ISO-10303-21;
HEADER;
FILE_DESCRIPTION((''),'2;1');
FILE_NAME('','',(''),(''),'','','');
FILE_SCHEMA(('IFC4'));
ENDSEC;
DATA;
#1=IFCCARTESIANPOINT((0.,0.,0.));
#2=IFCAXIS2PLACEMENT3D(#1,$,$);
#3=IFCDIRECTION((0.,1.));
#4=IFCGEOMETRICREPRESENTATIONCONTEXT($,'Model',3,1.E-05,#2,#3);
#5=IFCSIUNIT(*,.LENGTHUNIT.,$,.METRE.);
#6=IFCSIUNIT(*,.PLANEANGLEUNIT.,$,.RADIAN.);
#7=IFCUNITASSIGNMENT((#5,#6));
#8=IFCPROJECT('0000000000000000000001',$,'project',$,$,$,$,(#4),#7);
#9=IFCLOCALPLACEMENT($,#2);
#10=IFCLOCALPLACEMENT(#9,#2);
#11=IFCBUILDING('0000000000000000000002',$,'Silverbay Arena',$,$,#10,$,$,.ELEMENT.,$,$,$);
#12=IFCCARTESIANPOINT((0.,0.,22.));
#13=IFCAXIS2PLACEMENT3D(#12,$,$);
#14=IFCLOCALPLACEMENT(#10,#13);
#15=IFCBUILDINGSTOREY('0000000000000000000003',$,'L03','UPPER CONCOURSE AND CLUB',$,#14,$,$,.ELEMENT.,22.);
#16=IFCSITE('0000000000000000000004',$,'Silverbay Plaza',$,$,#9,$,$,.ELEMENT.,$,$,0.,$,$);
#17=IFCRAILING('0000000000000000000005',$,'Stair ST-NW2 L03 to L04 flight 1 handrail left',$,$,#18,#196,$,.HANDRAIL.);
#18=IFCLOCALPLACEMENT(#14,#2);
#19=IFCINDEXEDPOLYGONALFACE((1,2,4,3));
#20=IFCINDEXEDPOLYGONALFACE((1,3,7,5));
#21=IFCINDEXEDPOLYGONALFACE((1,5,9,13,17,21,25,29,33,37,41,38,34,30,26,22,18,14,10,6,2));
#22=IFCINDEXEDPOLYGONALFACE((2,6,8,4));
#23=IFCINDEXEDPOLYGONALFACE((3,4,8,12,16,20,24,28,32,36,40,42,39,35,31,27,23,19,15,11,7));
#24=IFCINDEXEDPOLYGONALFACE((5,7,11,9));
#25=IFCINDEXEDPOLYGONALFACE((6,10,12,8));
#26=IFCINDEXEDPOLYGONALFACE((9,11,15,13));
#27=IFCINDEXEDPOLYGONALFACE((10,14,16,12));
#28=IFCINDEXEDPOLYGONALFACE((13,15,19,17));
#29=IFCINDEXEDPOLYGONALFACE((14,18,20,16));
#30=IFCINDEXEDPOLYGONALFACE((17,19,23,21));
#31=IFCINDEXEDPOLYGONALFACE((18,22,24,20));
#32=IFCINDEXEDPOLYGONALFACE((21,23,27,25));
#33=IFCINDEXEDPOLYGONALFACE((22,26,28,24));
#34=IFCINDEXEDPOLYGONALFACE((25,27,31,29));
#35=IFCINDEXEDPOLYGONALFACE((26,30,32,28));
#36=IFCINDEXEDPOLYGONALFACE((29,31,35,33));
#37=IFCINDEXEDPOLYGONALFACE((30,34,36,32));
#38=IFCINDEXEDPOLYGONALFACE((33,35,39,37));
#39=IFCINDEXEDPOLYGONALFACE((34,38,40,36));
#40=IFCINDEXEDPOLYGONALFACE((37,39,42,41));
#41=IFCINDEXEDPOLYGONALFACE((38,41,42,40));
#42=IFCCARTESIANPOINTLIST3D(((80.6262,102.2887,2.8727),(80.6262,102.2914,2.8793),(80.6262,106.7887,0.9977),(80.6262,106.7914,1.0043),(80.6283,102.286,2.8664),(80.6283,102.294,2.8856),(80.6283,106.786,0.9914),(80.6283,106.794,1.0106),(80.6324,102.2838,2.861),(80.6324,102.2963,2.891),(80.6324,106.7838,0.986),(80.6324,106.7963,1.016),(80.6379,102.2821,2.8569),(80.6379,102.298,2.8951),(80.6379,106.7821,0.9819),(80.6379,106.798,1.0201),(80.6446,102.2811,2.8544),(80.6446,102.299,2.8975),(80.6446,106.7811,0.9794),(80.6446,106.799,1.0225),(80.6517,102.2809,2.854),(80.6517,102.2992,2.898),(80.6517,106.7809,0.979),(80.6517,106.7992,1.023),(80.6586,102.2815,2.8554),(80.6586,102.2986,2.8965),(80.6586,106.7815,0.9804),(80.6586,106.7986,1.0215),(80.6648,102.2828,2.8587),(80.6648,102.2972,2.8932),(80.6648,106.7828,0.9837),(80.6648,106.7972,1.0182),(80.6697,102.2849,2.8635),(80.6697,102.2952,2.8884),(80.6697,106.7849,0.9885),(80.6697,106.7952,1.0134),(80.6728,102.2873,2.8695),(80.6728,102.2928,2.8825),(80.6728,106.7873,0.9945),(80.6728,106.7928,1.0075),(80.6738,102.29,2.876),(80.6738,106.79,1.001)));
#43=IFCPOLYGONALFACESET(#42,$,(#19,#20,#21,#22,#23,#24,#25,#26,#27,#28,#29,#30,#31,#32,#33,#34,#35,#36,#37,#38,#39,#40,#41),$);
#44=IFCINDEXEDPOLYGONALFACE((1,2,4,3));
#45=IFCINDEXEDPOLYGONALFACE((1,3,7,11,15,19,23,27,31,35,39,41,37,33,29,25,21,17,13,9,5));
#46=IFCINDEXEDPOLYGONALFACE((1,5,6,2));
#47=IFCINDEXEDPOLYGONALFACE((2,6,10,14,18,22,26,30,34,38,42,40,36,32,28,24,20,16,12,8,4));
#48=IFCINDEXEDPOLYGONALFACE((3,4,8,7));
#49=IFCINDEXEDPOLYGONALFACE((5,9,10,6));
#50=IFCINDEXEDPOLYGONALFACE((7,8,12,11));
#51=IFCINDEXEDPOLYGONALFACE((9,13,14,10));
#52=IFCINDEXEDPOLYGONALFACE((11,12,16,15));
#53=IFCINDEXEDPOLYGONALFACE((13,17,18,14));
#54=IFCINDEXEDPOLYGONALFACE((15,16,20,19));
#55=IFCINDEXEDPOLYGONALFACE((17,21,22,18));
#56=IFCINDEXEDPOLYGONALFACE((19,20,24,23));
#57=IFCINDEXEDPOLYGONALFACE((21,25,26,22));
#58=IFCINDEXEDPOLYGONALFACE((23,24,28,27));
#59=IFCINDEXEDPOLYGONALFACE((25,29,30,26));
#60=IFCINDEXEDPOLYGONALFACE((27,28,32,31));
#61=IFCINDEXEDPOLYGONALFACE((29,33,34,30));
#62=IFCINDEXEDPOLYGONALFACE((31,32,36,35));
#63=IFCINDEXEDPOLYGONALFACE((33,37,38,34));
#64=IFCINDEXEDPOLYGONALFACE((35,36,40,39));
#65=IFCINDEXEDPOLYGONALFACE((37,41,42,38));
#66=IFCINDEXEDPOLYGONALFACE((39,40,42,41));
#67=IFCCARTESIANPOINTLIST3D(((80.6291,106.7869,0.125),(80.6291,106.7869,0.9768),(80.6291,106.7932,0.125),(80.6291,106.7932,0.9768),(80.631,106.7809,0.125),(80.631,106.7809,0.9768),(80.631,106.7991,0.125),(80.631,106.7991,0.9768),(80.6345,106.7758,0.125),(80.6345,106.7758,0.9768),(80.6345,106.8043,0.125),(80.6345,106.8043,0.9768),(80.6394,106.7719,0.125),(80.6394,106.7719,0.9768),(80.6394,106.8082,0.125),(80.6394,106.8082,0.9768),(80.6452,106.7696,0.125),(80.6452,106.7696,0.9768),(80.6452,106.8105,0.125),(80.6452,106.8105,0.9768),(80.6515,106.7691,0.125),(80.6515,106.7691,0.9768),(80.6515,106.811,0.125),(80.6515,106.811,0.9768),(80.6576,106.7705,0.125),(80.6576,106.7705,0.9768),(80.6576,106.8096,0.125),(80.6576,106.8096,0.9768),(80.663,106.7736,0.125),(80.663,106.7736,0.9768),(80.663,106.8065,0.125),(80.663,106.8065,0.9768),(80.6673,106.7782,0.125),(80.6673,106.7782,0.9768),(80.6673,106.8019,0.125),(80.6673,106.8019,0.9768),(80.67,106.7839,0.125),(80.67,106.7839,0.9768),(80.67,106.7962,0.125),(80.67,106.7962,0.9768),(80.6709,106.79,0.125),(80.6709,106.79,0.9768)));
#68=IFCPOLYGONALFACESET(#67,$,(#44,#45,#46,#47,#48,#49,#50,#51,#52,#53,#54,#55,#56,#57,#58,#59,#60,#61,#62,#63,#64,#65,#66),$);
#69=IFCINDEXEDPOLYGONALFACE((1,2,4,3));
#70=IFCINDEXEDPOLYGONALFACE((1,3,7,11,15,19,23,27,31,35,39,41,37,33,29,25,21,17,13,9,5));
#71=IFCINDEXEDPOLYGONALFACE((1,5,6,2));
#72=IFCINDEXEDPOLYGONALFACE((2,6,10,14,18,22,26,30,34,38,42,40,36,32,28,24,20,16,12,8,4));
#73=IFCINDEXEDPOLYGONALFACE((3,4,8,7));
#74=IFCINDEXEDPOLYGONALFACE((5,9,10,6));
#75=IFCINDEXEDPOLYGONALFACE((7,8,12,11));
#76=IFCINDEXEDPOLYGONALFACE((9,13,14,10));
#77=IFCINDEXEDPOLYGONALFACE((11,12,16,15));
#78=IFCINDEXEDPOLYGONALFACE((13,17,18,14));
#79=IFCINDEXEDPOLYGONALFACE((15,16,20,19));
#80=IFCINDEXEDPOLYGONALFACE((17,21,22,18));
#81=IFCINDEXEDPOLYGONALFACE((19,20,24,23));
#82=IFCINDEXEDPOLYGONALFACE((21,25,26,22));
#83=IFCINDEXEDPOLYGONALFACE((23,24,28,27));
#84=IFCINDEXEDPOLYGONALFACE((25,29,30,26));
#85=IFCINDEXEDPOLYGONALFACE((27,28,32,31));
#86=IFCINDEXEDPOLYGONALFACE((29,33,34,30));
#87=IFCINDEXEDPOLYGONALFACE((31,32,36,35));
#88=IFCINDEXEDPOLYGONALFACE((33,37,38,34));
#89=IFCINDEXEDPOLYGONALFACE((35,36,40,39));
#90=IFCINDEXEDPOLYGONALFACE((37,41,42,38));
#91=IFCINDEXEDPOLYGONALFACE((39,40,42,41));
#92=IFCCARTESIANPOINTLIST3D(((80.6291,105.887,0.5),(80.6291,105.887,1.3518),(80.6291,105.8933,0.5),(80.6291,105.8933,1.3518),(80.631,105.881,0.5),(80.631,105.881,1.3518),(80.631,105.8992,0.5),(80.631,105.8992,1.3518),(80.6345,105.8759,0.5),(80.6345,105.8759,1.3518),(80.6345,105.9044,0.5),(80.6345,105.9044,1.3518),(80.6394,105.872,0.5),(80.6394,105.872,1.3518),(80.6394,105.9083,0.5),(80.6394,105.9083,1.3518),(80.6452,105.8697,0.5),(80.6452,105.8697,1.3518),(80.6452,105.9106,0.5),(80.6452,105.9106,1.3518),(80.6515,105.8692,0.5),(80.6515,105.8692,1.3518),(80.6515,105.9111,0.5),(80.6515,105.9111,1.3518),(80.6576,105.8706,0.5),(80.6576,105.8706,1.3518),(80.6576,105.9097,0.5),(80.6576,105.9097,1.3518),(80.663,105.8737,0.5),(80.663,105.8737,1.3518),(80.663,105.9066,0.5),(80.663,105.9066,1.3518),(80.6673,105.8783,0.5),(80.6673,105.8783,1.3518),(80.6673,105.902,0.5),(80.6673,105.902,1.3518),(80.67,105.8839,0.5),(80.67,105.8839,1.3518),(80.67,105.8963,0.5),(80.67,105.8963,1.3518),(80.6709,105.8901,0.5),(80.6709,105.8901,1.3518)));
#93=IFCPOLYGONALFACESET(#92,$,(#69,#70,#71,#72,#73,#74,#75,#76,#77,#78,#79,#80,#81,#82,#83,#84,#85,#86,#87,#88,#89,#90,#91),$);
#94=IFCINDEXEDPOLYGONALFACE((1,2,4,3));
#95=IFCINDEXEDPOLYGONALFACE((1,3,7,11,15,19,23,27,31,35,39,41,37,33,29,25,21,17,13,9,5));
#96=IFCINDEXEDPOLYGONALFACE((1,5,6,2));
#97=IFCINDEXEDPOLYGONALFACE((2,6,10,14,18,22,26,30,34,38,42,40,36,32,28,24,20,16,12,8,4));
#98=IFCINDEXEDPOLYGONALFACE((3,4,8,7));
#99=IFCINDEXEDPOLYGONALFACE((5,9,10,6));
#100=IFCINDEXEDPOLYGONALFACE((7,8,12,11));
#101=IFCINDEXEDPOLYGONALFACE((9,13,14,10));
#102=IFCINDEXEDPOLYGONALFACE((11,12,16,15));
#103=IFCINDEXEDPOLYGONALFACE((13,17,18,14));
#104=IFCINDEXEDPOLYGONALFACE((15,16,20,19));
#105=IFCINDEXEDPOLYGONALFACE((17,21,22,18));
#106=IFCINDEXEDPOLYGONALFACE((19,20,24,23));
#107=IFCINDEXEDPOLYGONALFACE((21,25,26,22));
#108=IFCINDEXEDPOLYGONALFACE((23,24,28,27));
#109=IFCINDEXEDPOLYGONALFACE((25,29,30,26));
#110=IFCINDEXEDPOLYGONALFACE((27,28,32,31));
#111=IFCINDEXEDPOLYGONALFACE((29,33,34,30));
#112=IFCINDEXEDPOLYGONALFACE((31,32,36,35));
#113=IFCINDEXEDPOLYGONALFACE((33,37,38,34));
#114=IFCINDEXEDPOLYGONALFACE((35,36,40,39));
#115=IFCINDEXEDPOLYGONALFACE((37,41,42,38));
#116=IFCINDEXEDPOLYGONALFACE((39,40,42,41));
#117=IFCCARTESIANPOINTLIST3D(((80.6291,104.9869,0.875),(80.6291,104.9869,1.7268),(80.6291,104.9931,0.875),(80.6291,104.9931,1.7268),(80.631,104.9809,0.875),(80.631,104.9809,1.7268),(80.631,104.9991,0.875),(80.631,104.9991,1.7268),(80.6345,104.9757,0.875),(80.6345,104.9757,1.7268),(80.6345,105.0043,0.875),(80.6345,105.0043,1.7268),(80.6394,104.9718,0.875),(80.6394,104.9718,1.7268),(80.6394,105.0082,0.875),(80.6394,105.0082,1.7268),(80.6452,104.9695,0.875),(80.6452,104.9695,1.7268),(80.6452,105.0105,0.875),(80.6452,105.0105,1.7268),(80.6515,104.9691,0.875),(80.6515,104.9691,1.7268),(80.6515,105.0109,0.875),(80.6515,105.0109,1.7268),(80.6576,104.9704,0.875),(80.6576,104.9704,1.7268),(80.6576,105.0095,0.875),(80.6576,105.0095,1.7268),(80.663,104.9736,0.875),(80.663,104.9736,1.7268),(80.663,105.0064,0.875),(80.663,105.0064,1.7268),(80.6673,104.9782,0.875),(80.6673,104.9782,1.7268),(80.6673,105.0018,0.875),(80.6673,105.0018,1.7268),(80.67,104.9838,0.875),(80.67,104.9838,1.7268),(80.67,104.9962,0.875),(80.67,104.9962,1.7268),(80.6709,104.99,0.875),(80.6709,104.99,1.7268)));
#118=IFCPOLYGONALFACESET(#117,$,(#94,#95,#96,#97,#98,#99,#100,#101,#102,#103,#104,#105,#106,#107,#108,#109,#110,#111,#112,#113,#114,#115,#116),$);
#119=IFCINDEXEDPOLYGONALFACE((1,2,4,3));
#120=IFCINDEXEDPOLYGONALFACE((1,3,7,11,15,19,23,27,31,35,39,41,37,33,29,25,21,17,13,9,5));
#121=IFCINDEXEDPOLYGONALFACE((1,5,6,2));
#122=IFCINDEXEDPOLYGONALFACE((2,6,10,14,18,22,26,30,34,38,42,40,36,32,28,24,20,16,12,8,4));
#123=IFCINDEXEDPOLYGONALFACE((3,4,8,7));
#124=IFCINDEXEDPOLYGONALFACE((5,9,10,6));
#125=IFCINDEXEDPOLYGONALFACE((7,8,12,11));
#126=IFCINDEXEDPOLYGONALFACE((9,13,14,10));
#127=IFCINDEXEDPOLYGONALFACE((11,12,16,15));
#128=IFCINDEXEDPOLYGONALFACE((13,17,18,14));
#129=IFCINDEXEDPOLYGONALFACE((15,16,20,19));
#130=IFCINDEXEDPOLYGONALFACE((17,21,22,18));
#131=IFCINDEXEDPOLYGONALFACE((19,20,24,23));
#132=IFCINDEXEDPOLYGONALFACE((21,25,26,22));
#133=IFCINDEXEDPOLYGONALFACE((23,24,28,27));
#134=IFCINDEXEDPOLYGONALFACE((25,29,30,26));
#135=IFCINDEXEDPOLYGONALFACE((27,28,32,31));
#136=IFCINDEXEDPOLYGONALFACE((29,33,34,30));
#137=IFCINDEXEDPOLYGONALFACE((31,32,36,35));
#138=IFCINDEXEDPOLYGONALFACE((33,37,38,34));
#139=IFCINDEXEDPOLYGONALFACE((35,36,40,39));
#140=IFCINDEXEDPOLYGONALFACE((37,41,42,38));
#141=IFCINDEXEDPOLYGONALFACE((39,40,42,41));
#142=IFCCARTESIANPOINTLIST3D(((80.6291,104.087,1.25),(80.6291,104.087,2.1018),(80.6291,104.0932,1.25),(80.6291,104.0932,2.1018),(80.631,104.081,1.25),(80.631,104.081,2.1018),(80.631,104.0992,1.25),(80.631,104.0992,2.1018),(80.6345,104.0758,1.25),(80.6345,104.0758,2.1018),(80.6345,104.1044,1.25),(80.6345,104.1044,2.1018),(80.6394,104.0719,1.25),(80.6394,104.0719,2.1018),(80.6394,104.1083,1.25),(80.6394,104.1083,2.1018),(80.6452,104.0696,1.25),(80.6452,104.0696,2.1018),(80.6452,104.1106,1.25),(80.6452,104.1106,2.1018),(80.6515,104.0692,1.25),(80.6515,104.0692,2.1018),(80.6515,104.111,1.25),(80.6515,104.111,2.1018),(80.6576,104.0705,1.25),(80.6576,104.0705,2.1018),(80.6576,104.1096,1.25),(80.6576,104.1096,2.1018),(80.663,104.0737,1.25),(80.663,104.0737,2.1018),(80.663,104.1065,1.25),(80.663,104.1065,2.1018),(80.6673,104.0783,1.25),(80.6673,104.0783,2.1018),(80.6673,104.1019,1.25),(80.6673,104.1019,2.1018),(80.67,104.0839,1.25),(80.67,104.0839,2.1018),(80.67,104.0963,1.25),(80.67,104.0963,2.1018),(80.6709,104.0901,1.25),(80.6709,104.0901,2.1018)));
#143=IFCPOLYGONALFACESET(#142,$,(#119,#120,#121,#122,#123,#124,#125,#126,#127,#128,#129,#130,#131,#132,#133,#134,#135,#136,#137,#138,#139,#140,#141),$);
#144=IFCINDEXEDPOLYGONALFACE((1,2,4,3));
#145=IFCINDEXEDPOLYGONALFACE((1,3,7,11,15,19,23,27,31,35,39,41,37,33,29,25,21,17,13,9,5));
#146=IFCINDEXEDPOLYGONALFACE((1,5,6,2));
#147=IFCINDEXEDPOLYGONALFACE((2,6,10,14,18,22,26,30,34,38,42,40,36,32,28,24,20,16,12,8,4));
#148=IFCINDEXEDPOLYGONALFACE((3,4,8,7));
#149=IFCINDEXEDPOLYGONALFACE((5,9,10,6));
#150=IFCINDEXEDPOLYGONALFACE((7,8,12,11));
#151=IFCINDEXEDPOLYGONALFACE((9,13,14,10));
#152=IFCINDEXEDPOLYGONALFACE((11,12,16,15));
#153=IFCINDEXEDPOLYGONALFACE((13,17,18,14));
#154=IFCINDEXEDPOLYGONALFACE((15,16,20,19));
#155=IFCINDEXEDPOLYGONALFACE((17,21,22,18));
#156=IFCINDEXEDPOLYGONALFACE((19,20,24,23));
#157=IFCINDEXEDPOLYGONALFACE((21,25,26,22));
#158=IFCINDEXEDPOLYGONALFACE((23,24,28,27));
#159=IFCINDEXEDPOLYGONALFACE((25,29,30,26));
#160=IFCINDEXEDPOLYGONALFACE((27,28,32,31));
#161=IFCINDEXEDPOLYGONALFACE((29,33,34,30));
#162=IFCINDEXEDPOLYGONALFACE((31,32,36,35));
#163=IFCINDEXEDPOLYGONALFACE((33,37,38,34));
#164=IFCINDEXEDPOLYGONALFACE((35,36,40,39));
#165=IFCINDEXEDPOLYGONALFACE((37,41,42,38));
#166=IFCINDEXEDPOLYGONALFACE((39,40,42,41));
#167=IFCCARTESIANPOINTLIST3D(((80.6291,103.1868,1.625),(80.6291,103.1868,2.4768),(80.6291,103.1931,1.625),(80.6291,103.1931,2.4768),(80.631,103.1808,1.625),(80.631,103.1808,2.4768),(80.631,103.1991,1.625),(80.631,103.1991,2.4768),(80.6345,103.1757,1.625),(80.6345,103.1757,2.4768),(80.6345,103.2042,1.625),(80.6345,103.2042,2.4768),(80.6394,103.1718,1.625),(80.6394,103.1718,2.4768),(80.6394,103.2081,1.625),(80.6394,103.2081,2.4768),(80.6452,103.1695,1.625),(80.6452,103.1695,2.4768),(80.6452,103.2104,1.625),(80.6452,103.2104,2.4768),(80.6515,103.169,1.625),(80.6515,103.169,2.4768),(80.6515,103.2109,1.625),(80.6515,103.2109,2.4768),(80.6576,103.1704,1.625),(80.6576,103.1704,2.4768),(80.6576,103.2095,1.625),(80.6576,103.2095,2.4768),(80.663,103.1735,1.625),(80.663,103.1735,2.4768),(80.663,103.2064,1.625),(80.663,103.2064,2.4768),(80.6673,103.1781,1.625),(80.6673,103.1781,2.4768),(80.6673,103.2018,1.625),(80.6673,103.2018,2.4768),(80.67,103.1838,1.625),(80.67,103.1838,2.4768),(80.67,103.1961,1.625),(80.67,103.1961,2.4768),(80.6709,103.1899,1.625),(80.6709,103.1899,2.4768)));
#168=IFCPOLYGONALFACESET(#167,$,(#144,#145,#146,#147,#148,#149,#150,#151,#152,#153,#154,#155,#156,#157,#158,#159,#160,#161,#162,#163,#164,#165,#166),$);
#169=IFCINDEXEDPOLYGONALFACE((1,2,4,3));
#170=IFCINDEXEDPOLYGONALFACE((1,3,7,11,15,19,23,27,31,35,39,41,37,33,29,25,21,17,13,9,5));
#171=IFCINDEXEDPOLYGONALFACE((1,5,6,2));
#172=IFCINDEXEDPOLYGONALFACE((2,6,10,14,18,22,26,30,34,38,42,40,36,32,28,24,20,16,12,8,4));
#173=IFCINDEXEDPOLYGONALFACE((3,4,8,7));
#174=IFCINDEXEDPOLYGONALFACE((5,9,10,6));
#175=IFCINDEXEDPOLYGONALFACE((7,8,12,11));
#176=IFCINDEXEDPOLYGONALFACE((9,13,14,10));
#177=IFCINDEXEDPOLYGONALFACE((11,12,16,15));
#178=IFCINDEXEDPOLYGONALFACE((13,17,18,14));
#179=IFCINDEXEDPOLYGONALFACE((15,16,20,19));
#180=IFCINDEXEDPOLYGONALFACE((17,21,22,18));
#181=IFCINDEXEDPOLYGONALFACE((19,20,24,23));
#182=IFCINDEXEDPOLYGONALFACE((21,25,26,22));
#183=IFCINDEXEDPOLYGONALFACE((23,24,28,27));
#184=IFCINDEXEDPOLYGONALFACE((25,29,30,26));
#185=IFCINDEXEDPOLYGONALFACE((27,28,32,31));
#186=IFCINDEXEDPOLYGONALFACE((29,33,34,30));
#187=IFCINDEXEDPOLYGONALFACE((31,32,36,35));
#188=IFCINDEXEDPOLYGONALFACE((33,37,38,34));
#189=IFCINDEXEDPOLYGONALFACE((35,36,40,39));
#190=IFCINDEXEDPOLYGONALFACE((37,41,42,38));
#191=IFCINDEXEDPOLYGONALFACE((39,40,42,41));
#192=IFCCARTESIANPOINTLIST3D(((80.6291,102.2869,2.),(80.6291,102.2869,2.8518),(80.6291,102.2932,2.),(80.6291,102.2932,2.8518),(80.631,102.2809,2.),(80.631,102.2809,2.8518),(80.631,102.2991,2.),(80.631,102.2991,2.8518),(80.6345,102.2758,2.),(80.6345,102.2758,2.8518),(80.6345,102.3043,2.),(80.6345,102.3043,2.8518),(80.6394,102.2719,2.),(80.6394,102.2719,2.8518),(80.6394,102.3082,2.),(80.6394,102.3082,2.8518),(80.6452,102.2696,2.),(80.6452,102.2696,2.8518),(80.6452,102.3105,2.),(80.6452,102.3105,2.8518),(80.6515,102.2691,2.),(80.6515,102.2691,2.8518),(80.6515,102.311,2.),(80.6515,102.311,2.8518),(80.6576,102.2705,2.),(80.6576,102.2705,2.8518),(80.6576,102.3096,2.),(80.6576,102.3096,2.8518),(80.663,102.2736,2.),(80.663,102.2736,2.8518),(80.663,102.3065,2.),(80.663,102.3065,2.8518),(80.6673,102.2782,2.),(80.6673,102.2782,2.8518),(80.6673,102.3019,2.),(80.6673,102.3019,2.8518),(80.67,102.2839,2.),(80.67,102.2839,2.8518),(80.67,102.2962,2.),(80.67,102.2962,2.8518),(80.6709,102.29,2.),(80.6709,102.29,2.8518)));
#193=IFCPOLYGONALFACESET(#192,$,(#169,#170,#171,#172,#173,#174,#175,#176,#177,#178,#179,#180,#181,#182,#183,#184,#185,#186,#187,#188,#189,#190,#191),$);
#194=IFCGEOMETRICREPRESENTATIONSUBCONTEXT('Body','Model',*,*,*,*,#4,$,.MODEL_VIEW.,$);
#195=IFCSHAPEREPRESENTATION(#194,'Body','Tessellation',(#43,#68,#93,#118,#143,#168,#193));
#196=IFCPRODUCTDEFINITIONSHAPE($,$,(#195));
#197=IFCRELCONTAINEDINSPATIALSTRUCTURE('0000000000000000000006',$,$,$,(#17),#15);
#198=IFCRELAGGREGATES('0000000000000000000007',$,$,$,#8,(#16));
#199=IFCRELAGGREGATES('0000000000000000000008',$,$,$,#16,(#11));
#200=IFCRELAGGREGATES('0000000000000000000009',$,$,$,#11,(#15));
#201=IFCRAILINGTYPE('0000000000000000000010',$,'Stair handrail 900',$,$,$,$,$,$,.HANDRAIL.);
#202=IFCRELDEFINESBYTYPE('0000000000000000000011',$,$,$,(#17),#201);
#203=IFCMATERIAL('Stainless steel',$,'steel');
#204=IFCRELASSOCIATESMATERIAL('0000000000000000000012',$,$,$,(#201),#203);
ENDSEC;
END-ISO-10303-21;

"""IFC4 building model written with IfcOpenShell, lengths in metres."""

from ifc_helpers import new_model, si_unit, direction, frame, origin, origin_2d, place, context, subcontext, project, spatial, circle, extrude, material, type_object, element, save


model = new_model("IFC4")

# Units and contexts
model_context = context("Model", 3, precision=1e-05, world=origin(), true_north=direction((0.0, 1.0)))
body_context = subcontext(model_context, "Body", "Model", "MODEL_VIEW")
ifc_project = project(units=[si_unit("LENGTHUNIT", "METRE"), si_unit("PLANEANGLEUNIT", "RADIAN")], contexts=[model_context])

# Site, building, storey
site_placement = place(None, origin())
site = spatial("IfcSite", under=ifc_project, at=site_placement, Name="Silverbay Plaza", CompositionType="ELEMENT", RefElevation=0.0)
building_placement = place(site_placement, origin())
building = spatial("IfcBuilding", under=site, at=building_placement, Name="Silverbay Arena", CompositionType="ELEMENT")
storey_placement = place(building_placement, frame((0.0, 0.0, 22.0)))
storey = spatial("IfcBuildingStorey", under=building, at=storey_placement, Name="L03", Description="UPPER CONCOURSE AND CLUB", CompositionType="ELEMENT", Elevation=22.0)

# Railing
ifc_material_1 = material(Name="Stainless steel", Category="steel")
railing_type_1 = type_object("IfcRailingType", Name="Stair handrail 900", PredefinedType="HANDRAIL", material=ifc_material_1)
for number, where, name in (
    (1, (80.6499, 106.79, 0.125), "Stair ST-NW2 L03 to L04 flight 1 handrail left"),
):
    element("IfcRailing", number, at=place(storey_placement, frame(where)), inside=storey, type_object=railing_type_1, Name=name, PredefinedType="HANDRAIL", context=body_context, shape_type="SweptSolid", body=[
        extrude(circle(Radius=0.0239, at=origin_2d()), frame((0.0, 0.0, 0.876), z_axis=(0.0, -0.923077, 0.384615), x_axis=(1.0, 0.0, 0.0)), (0.0, 0.0, 1.0), 4.875),
        extrude(circle(Radius=0.021, at=origin_2d()), origin(), (0.0, 0.0, 1.0), 0.8518),
        extrude(circle(Radius=0.021, at=origin_2d()), frame((0.0, -0.8999, 0.375)), (0.0, 0.0, 1.0), 0.8518),
        extrude(circle(Radius=0.021, at=origin_2d()), frame((0.0, -1.8, 0.75)), (0.0, 0.0, 1.0), 0.8518),
        extrude(circle(Radius=0.021, at=origin_2d()), frame((0.0, -2.7, 1.125)), (0.0, 0.0, 1.0), 0.8518),
        extrude(circle(Radius=0.021, at=origin_2d()), frame((0.0, -3.6001, 1.5)), (0.0, 0.0, 1.0), 0.8518),
        extrude(circle(Radius=0.021, at=origin_2d()), frame((0.0, -4.5, 1.875)), (0.0, 0.0, 1.0), 0.8518),
    ])

save(model, "model.ifc")
